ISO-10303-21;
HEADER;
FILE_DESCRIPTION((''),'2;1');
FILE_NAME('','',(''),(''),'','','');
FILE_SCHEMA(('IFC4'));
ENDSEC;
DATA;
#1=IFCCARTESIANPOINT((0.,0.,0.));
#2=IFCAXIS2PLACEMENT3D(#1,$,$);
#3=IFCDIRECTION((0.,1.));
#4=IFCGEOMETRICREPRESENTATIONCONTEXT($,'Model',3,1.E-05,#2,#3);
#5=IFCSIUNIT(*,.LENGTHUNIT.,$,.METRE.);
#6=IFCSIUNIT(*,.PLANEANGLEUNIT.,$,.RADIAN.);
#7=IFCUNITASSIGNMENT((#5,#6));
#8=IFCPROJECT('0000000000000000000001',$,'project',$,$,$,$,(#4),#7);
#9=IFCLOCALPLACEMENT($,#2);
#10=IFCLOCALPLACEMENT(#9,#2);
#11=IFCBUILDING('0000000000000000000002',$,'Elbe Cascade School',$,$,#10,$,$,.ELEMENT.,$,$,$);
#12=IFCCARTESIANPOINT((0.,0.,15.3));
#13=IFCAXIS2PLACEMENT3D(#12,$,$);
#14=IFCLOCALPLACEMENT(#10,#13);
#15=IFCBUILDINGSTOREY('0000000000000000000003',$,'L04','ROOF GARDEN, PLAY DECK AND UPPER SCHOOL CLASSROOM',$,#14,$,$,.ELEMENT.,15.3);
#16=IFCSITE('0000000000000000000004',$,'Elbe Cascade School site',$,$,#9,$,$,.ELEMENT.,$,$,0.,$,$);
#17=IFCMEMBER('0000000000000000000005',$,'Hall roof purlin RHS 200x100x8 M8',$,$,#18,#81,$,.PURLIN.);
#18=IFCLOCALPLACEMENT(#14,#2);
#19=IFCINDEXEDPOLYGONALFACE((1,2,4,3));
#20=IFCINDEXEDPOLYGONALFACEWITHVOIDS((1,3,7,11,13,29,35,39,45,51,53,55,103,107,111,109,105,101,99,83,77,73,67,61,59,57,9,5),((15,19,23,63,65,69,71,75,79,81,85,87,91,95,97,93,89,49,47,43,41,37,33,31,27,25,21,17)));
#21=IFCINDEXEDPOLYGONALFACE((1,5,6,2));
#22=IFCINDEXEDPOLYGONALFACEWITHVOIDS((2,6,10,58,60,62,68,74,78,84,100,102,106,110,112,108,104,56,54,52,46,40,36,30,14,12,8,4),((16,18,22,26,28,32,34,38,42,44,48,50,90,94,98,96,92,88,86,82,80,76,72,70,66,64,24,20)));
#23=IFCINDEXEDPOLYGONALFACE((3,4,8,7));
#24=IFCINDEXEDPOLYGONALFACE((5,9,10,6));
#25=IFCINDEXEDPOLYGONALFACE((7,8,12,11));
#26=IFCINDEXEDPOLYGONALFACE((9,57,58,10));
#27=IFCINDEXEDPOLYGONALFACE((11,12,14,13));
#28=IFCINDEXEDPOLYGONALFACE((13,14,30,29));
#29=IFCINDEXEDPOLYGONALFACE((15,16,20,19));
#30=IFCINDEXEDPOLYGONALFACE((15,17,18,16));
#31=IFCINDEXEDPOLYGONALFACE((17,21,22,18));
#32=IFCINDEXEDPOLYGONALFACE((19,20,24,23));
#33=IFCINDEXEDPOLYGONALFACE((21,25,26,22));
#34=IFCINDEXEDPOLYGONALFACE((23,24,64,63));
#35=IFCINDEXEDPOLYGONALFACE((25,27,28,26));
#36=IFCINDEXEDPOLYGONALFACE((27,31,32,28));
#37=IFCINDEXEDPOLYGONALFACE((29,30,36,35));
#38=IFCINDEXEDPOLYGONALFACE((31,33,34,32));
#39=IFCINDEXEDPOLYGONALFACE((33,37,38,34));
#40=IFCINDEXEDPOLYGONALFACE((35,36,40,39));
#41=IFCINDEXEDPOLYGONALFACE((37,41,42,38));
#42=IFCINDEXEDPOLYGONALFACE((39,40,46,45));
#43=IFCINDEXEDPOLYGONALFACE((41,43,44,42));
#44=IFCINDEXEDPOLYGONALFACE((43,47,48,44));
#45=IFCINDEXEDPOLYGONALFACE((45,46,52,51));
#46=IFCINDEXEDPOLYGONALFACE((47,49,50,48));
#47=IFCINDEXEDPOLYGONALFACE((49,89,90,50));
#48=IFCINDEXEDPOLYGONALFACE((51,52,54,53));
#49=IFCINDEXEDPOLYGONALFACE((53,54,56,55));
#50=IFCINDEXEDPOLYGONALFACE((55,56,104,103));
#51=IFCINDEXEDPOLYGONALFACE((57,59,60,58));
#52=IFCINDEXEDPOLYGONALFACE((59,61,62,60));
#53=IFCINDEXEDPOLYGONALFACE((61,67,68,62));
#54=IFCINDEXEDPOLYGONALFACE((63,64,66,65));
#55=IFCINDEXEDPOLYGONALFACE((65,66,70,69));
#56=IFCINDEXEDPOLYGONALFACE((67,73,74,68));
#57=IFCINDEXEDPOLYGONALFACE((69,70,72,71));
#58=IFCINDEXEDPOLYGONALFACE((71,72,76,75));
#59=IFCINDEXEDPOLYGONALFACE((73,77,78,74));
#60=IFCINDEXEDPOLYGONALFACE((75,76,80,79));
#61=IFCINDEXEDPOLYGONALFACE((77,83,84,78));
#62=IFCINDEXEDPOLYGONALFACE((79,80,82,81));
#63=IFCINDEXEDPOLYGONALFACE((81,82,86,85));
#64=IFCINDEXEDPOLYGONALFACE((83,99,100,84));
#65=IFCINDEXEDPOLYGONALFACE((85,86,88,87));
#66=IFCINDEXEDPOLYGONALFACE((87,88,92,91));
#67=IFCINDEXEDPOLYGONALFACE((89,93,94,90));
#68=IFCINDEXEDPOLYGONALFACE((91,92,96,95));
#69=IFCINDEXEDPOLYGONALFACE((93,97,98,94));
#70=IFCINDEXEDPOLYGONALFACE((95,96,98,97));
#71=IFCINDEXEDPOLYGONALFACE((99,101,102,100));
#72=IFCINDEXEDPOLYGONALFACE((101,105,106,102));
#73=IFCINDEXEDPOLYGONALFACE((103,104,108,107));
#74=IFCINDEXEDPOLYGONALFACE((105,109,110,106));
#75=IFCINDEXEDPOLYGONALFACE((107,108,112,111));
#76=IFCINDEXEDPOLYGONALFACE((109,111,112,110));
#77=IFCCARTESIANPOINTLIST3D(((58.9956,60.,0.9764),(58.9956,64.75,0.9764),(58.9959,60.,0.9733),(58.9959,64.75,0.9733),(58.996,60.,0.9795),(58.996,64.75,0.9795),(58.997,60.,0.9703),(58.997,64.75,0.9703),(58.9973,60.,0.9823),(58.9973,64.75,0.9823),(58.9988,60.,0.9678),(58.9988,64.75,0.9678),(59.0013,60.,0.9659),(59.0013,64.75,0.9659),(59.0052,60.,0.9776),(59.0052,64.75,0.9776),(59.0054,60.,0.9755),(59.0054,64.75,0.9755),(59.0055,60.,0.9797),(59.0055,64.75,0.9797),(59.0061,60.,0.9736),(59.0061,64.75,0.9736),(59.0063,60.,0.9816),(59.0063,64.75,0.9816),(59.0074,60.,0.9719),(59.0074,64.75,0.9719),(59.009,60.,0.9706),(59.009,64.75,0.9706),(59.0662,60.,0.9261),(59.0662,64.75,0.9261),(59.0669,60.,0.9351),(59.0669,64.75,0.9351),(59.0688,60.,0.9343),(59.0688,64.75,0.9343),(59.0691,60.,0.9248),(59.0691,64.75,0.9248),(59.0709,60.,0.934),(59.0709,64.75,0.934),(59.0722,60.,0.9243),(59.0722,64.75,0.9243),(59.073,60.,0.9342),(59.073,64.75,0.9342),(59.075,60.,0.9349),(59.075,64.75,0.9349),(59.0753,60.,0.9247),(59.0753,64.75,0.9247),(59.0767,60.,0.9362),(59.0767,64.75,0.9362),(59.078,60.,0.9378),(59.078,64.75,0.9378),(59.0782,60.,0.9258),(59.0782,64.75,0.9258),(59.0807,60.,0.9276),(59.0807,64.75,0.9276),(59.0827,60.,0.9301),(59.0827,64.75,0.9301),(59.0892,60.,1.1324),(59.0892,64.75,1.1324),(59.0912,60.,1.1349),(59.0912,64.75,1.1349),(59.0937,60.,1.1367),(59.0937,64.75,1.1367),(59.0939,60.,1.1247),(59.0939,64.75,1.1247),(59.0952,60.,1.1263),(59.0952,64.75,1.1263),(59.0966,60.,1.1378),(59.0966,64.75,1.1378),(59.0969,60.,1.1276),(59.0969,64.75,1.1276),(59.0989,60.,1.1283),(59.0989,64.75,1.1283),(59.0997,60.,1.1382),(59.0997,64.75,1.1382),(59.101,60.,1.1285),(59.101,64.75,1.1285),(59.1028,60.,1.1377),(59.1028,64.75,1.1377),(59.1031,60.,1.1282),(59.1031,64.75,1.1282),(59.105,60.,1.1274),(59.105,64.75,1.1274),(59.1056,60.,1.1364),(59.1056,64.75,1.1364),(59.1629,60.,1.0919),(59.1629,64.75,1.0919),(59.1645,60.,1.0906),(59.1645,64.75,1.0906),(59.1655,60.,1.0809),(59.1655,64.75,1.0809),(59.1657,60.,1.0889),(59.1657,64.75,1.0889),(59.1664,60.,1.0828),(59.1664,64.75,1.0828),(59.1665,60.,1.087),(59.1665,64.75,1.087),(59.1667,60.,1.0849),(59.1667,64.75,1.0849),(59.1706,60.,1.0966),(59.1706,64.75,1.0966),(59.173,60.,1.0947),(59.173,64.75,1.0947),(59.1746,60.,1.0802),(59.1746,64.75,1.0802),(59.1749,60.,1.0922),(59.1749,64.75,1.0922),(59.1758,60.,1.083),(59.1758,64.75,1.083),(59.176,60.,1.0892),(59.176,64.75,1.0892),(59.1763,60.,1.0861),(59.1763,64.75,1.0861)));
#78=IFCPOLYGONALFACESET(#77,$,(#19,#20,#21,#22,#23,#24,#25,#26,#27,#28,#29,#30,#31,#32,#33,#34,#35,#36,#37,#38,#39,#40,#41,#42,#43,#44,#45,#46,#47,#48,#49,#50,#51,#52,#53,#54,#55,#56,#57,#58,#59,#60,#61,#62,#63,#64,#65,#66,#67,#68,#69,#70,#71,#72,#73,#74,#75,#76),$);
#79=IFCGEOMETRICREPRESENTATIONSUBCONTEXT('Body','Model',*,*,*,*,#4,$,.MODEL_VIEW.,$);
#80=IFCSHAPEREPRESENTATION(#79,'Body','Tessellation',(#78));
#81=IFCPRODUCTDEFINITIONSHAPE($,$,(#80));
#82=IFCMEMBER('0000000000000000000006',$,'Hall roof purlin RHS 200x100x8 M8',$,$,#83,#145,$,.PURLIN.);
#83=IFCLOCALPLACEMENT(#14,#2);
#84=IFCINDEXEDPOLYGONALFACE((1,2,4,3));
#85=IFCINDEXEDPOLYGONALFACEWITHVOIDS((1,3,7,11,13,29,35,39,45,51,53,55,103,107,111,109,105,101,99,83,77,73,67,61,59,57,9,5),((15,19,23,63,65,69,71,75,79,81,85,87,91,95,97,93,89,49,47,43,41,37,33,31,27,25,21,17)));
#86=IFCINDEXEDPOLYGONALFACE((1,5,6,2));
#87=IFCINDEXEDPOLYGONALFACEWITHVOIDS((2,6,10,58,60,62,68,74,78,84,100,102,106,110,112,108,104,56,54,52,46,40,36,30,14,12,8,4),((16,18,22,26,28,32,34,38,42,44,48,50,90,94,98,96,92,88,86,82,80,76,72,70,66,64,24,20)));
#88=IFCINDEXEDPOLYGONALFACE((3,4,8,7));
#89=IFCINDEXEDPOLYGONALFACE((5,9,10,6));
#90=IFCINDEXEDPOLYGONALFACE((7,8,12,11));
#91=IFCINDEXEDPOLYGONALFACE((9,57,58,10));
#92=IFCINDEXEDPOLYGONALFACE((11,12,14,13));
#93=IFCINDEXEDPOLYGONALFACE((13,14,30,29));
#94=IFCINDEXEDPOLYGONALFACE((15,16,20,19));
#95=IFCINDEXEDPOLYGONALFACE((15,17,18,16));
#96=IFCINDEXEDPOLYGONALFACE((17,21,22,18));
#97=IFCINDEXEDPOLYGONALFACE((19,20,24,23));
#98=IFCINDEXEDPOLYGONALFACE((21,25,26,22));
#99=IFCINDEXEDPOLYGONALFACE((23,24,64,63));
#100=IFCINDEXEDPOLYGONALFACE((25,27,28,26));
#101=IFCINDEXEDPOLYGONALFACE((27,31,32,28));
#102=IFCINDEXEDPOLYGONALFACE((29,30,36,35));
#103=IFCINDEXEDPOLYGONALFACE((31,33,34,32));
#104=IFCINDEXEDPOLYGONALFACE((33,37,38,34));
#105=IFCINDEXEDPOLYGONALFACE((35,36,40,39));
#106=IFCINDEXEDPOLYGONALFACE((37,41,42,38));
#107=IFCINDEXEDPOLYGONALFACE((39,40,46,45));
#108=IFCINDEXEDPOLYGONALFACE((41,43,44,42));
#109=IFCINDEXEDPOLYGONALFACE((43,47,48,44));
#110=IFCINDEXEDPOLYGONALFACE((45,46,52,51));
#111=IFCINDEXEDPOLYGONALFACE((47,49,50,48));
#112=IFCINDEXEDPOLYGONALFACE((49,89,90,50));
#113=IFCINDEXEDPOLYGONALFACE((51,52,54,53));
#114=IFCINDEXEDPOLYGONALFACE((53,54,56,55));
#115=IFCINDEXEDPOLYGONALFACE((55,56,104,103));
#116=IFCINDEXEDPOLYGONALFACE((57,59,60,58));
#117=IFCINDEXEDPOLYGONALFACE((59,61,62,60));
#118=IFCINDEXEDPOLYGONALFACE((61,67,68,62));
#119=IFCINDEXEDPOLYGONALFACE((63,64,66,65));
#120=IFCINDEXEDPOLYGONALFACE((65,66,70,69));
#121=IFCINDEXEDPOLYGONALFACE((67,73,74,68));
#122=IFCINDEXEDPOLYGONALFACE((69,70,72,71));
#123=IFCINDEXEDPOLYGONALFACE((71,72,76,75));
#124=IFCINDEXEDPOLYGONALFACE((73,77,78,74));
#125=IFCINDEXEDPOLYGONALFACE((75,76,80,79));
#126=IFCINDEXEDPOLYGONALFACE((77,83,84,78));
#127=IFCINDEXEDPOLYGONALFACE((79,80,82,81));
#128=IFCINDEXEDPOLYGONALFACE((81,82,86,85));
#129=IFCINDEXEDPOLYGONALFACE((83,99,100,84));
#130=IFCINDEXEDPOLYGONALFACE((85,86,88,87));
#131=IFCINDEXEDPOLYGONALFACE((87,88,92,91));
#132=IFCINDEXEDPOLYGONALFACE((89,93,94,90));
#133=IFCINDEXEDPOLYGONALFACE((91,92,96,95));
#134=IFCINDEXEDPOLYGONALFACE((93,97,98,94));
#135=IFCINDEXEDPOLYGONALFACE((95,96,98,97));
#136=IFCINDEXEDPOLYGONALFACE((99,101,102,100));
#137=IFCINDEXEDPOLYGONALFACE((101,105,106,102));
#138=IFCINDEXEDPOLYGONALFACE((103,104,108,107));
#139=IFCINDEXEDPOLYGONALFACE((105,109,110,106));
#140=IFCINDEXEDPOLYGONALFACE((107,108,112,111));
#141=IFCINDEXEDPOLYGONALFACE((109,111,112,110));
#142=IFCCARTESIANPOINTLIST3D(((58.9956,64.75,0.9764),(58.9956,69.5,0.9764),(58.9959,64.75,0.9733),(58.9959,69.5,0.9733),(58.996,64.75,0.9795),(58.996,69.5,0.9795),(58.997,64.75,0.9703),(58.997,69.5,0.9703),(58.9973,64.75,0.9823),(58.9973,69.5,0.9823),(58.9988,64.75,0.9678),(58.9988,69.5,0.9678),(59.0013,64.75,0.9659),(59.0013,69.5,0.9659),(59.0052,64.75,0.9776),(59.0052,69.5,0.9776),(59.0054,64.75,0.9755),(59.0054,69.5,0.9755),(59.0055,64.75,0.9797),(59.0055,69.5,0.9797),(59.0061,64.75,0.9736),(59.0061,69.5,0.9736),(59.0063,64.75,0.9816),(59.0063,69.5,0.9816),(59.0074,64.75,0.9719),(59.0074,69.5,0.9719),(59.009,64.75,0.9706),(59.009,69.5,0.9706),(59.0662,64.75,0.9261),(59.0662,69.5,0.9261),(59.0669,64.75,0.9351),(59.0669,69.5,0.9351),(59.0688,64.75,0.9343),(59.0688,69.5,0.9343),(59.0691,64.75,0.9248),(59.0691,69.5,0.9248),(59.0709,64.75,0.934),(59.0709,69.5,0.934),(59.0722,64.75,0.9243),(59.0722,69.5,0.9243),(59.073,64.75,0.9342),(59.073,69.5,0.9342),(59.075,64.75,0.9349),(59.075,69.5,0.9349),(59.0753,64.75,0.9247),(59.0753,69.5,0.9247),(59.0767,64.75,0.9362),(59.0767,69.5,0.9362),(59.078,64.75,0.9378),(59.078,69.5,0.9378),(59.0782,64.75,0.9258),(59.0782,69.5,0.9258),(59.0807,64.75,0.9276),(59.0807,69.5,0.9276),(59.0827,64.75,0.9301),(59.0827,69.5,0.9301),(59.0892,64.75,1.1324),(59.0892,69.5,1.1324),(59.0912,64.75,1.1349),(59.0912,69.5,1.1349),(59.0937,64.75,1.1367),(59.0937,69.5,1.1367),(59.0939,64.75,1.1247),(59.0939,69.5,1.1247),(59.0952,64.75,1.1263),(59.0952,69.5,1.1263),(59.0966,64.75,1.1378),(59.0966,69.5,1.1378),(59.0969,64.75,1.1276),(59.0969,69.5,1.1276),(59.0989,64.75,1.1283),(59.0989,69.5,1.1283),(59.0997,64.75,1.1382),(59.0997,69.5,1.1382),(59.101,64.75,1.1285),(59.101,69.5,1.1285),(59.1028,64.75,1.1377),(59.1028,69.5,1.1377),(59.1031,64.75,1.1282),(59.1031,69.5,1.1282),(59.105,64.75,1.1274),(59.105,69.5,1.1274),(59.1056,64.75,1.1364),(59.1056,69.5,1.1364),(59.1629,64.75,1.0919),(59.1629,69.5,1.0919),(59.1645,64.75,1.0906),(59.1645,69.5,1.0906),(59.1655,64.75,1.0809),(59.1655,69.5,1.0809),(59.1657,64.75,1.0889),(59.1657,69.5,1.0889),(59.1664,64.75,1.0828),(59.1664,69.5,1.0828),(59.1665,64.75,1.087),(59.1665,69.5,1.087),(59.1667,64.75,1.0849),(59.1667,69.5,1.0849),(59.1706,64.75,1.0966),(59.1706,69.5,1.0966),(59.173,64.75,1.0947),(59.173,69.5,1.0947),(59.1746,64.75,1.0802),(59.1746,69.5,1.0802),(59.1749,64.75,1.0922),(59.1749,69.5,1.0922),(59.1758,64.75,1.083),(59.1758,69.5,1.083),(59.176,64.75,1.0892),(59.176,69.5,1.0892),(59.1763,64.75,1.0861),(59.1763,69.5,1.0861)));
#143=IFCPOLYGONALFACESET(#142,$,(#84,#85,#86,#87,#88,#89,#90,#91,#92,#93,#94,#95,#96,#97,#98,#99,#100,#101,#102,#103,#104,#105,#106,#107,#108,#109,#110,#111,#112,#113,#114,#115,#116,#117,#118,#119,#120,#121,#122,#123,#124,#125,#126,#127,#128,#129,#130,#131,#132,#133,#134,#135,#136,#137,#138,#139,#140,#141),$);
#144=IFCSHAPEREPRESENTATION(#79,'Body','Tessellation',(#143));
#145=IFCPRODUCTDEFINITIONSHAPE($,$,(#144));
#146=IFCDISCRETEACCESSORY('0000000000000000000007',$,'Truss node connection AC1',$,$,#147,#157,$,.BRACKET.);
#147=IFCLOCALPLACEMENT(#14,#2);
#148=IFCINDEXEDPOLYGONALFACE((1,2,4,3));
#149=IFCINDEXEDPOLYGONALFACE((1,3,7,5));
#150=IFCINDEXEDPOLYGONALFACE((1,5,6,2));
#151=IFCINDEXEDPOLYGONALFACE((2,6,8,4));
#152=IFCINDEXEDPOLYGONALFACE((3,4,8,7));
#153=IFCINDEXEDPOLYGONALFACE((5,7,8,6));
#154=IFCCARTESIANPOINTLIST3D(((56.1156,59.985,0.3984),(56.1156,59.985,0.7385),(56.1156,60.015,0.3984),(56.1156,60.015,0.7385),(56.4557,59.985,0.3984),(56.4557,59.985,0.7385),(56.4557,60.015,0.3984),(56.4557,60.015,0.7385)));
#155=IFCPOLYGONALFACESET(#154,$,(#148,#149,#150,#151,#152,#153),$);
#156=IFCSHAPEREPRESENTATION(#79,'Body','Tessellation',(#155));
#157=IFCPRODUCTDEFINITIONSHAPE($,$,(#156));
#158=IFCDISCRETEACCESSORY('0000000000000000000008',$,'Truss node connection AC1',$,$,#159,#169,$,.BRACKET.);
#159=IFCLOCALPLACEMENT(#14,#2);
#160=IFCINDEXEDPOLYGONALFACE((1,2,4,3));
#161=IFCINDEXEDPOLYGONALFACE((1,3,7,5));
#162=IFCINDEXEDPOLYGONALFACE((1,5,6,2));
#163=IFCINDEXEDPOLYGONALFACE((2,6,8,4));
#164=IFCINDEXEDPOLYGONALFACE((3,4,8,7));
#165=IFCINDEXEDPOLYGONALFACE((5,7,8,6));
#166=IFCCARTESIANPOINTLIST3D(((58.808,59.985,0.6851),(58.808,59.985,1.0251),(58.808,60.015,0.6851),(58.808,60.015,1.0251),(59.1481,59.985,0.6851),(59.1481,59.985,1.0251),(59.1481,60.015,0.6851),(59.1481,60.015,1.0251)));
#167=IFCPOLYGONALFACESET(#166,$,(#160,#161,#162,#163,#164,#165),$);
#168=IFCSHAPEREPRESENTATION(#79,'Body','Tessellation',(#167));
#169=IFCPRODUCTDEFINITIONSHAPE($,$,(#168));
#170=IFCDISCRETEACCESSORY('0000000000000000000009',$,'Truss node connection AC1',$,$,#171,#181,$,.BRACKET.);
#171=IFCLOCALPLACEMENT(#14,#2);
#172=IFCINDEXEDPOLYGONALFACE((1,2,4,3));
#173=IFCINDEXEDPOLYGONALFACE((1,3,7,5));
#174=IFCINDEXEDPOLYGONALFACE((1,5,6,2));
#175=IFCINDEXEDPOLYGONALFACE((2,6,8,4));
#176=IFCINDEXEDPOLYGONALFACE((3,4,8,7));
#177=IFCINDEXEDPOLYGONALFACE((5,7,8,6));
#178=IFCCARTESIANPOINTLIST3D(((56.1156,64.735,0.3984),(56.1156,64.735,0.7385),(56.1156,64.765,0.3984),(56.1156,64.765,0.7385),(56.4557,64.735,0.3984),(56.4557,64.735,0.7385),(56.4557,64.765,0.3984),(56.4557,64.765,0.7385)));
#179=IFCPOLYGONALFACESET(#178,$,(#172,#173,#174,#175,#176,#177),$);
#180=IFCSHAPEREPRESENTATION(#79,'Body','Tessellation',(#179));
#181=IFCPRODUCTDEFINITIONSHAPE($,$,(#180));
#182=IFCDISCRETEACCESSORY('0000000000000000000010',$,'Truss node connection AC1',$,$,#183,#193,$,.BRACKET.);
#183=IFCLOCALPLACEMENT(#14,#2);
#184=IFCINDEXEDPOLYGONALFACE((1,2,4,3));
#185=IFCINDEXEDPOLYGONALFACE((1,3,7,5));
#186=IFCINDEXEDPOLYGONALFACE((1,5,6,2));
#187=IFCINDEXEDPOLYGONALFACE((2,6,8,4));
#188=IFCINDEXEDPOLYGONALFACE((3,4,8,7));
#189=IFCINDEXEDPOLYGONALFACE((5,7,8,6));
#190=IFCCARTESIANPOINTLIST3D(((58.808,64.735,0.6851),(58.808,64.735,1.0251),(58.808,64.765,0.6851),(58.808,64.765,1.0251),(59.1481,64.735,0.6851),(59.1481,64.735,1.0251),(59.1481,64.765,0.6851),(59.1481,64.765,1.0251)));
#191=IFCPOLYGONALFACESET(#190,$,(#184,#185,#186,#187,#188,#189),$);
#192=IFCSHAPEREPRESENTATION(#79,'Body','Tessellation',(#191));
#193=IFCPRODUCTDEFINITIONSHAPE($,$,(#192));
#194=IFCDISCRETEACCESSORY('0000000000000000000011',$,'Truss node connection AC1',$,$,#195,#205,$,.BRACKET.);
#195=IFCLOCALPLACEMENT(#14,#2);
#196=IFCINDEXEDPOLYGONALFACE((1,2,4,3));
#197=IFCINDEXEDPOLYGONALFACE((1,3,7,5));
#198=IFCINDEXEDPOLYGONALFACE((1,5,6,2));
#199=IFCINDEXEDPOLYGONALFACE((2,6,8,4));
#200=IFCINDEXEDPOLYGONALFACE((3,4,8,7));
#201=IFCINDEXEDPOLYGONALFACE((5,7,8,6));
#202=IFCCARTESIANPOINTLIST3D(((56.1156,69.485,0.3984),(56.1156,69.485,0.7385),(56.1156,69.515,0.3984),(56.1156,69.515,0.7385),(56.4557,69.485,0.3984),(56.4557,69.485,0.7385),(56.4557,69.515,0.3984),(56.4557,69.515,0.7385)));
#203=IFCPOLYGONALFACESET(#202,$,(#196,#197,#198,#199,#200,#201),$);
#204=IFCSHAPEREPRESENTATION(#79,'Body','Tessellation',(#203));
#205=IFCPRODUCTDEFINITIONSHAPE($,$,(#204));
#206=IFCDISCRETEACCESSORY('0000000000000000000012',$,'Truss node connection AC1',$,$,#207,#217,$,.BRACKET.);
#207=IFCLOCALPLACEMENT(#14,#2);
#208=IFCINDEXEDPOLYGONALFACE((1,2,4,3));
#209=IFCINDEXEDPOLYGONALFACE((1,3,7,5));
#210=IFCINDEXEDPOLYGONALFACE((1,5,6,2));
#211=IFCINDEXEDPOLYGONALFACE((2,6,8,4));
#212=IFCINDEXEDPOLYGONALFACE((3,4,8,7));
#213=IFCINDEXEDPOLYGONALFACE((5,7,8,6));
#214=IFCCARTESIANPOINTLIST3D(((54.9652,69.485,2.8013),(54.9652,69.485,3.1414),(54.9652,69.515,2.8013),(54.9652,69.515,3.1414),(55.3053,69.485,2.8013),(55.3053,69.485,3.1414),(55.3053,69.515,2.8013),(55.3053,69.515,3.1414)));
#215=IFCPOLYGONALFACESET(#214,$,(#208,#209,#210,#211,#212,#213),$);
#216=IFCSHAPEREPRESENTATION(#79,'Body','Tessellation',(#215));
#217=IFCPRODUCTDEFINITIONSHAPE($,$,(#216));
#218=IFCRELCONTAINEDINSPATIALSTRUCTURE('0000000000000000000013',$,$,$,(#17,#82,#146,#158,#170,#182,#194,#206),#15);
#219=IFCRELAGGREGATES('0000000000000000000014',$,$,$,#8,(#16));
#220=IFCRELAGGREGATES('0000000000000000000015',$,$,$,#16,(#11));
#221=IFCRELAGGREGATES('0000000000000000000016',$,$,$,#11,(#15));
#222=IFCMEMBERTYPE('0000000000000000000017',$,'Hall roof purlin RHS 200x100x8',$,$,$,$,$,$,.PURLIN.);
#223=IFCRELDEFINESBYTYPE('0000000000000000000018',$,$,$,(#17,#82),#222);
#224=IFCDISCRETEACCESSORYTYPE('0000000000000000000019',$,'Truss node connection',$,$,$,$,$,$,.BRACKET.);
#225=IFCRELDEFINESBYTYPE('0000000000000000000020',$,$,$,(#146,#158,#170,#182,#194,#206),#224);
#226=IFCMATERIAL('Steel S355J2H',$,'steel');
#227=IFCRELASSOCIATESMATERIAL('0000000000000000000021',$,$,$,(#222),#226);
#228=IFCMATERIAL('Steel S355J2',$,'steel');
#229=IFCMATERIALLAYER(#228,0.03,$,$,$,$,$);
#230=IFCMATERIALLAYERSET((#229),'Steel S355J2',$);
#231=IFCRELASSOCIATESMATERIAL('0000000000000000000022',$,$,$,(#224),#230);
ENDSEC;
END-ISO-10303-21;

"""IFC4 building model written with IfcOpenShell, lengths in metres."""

from ifc_helpers import new_model, si_unit, direction, frame, origin, origin_2d, place, context, subcontext, project, spatial, rectangle, hollow_rectangle, extrude, material, layer, layer_set, material_profile, profile_set, type_object, element, save


model = new_model("IFC4")

# Units and contexts
model_context = context("Model", 3, precision=1e-05, world=origin(), true_north=direction((0.0, 1.0)))
body_context = subcontext(model_context, "Body", "Model", "MODEL_VIEW")
ifc_project = project(units=[si_unit("LENGTHUNIT", "METRE"), si_unit("PLANEANGLEUNIT", "RADIAN")], contexts=[model_context])

# Site, building, storey
site_placement = place(None, origin())
site = spatial("IfcSite", under=ifc_project, at=site_placement, Name="Elbe Cascade School site", CompositionType="ELEMENT", RefElevation=0.0)
building_placement = place(site_placement, origin())
building = spatial("IfcBuilding", under=site, at=building_placement, Name="Elbe Cascade School", CompositionType="ELEMENT")
storey_placement = place(building_placement, frame((0.0, 0.0, 15.3)))
storey = spatial("IfcBuildingStorey", under=building, at=storey_placement, Name="L04", Description="ROOF GARDEN, PLAY DECK AND UPPER SCHOOL CLASSROOM", CompositionType="ELEMENT", Elevation=15.3)

# Members
ifc_material_1 = material(Name="Steel S355J2H", Category="steel")
ifc_material_profile_1 = material_profile(ifc_material_1, hollow_rectangle(XDim=0.1001, YDim=0.2, WallThickness=0.0081, InnerFilletRadius=0.0081, OuterFilletRadius=0.012, at=origin_2d()), Name="RHS 200x100x8")
ifc_profile_set_1 = profile_set([ifc_material_profile_1], Name="Steel S355J2H")
member_type_1 = type_object("IfcMemberType", Name="Hall roof purlin RHS 200x100x8", PredefinedType="PURLIN", material=ifc_profile_set_1)
for number, where, z_axis, x_axis, name in (
    (1, (59.0859, 60.0, 1.0312), (0.0, 1.0, 0.0), (-0.852941, 0.0, 0.522008), "Hall roof purlin RHS 200x100x8 M8"),
    (2, (59.0859, 64.75, 1.0312), (0.0, 1.0, 0.0), (-0.852941, 0.0, 0.522008), "Hall roof purlin RHS 200x100x8 M8"),
):
    element("IfcMember", number, at=place(storey_placement, frame(where, z_axis=z_axis, x_axis=x_axis)), inside=storey, type_object=member_type_1, Name=name, PredefinedType="PURLIN", context=body_context, shape_type="SweptSolid", body=[
        extrude(hollow_rectangle(XDim=0.1001, YDim=0.2, WallThickness=0.0081, InnerFilletRadius=0.0081, OuterFilletRadius=0.012, at=origin_2d()), origin(), (0.0, 0.0, 1.0), 4.75),
    ])

# Discrete accessories
ifc_material_2 = material(Name="Steel S355J2", Category="steel")
ifc_layer = layer(ifc_material_2, 0.03)
ifc_layer_set = layer_set([ifc_layer], Name="Steel S355J2")
discrete_accessory_type = type_object("IfcDiscreteAccessoryType", Name="Truss node connection", PredefinedType="BRACKET", material=ifc_layer_set)
for number, where, z_axis, x_axis, name in (
    (3, (56.2856, 60.0, 0.3984), (0.0, 0.0, 1.0), (1.0, 0.0, 0.0), "Truss node connection AC1"),
    (4, (58.978, 60.0, 0.6851), (0.0, 0.0, 1.0), (1.0, 0.0, 0.0), "Truss node connection AC1"),
    (5, (56.2856, 64.75, 0.3984), (0.0, 0.0, 1.0), (1.0, 0.0, 0.0), "Truss node connection AC1"),
    (6, (58.978, 64.75, 0.6851), (0.0, 0.0, 1.0), (1.0, 0.0, 0.0), "Truss node connection AC1"),
    (7, (56.2856, 69.5, 0.3984), (0.0, 0.0, 1.0), (1.0, 0.0, 0.0), "Truss node connection AC1"),
    (8, (55.1353, 69.5, 2.8013), (0.0, 0.0, 1.0), (1.0, 0.0, 0.0), "Truss node connection AC1"),
):
    element("IfcDiscreteAccessory", number, at=place(storey_placement, frame(where, z_axis=z_axis, x_axis=x_axis)), inside=storey, type_object=discrete_accessory_type, Name=name, PredefinedType="BRACKET", context=body_context, shape_type="SweptSolid", body=[
        extrude(rectangle(XDim=0.3401, YDim=0.03, at=origin_2d()), origin(), (0.0, 0.0, 1.0), 0.3401),
    ])

save(model, "model.ifc")
